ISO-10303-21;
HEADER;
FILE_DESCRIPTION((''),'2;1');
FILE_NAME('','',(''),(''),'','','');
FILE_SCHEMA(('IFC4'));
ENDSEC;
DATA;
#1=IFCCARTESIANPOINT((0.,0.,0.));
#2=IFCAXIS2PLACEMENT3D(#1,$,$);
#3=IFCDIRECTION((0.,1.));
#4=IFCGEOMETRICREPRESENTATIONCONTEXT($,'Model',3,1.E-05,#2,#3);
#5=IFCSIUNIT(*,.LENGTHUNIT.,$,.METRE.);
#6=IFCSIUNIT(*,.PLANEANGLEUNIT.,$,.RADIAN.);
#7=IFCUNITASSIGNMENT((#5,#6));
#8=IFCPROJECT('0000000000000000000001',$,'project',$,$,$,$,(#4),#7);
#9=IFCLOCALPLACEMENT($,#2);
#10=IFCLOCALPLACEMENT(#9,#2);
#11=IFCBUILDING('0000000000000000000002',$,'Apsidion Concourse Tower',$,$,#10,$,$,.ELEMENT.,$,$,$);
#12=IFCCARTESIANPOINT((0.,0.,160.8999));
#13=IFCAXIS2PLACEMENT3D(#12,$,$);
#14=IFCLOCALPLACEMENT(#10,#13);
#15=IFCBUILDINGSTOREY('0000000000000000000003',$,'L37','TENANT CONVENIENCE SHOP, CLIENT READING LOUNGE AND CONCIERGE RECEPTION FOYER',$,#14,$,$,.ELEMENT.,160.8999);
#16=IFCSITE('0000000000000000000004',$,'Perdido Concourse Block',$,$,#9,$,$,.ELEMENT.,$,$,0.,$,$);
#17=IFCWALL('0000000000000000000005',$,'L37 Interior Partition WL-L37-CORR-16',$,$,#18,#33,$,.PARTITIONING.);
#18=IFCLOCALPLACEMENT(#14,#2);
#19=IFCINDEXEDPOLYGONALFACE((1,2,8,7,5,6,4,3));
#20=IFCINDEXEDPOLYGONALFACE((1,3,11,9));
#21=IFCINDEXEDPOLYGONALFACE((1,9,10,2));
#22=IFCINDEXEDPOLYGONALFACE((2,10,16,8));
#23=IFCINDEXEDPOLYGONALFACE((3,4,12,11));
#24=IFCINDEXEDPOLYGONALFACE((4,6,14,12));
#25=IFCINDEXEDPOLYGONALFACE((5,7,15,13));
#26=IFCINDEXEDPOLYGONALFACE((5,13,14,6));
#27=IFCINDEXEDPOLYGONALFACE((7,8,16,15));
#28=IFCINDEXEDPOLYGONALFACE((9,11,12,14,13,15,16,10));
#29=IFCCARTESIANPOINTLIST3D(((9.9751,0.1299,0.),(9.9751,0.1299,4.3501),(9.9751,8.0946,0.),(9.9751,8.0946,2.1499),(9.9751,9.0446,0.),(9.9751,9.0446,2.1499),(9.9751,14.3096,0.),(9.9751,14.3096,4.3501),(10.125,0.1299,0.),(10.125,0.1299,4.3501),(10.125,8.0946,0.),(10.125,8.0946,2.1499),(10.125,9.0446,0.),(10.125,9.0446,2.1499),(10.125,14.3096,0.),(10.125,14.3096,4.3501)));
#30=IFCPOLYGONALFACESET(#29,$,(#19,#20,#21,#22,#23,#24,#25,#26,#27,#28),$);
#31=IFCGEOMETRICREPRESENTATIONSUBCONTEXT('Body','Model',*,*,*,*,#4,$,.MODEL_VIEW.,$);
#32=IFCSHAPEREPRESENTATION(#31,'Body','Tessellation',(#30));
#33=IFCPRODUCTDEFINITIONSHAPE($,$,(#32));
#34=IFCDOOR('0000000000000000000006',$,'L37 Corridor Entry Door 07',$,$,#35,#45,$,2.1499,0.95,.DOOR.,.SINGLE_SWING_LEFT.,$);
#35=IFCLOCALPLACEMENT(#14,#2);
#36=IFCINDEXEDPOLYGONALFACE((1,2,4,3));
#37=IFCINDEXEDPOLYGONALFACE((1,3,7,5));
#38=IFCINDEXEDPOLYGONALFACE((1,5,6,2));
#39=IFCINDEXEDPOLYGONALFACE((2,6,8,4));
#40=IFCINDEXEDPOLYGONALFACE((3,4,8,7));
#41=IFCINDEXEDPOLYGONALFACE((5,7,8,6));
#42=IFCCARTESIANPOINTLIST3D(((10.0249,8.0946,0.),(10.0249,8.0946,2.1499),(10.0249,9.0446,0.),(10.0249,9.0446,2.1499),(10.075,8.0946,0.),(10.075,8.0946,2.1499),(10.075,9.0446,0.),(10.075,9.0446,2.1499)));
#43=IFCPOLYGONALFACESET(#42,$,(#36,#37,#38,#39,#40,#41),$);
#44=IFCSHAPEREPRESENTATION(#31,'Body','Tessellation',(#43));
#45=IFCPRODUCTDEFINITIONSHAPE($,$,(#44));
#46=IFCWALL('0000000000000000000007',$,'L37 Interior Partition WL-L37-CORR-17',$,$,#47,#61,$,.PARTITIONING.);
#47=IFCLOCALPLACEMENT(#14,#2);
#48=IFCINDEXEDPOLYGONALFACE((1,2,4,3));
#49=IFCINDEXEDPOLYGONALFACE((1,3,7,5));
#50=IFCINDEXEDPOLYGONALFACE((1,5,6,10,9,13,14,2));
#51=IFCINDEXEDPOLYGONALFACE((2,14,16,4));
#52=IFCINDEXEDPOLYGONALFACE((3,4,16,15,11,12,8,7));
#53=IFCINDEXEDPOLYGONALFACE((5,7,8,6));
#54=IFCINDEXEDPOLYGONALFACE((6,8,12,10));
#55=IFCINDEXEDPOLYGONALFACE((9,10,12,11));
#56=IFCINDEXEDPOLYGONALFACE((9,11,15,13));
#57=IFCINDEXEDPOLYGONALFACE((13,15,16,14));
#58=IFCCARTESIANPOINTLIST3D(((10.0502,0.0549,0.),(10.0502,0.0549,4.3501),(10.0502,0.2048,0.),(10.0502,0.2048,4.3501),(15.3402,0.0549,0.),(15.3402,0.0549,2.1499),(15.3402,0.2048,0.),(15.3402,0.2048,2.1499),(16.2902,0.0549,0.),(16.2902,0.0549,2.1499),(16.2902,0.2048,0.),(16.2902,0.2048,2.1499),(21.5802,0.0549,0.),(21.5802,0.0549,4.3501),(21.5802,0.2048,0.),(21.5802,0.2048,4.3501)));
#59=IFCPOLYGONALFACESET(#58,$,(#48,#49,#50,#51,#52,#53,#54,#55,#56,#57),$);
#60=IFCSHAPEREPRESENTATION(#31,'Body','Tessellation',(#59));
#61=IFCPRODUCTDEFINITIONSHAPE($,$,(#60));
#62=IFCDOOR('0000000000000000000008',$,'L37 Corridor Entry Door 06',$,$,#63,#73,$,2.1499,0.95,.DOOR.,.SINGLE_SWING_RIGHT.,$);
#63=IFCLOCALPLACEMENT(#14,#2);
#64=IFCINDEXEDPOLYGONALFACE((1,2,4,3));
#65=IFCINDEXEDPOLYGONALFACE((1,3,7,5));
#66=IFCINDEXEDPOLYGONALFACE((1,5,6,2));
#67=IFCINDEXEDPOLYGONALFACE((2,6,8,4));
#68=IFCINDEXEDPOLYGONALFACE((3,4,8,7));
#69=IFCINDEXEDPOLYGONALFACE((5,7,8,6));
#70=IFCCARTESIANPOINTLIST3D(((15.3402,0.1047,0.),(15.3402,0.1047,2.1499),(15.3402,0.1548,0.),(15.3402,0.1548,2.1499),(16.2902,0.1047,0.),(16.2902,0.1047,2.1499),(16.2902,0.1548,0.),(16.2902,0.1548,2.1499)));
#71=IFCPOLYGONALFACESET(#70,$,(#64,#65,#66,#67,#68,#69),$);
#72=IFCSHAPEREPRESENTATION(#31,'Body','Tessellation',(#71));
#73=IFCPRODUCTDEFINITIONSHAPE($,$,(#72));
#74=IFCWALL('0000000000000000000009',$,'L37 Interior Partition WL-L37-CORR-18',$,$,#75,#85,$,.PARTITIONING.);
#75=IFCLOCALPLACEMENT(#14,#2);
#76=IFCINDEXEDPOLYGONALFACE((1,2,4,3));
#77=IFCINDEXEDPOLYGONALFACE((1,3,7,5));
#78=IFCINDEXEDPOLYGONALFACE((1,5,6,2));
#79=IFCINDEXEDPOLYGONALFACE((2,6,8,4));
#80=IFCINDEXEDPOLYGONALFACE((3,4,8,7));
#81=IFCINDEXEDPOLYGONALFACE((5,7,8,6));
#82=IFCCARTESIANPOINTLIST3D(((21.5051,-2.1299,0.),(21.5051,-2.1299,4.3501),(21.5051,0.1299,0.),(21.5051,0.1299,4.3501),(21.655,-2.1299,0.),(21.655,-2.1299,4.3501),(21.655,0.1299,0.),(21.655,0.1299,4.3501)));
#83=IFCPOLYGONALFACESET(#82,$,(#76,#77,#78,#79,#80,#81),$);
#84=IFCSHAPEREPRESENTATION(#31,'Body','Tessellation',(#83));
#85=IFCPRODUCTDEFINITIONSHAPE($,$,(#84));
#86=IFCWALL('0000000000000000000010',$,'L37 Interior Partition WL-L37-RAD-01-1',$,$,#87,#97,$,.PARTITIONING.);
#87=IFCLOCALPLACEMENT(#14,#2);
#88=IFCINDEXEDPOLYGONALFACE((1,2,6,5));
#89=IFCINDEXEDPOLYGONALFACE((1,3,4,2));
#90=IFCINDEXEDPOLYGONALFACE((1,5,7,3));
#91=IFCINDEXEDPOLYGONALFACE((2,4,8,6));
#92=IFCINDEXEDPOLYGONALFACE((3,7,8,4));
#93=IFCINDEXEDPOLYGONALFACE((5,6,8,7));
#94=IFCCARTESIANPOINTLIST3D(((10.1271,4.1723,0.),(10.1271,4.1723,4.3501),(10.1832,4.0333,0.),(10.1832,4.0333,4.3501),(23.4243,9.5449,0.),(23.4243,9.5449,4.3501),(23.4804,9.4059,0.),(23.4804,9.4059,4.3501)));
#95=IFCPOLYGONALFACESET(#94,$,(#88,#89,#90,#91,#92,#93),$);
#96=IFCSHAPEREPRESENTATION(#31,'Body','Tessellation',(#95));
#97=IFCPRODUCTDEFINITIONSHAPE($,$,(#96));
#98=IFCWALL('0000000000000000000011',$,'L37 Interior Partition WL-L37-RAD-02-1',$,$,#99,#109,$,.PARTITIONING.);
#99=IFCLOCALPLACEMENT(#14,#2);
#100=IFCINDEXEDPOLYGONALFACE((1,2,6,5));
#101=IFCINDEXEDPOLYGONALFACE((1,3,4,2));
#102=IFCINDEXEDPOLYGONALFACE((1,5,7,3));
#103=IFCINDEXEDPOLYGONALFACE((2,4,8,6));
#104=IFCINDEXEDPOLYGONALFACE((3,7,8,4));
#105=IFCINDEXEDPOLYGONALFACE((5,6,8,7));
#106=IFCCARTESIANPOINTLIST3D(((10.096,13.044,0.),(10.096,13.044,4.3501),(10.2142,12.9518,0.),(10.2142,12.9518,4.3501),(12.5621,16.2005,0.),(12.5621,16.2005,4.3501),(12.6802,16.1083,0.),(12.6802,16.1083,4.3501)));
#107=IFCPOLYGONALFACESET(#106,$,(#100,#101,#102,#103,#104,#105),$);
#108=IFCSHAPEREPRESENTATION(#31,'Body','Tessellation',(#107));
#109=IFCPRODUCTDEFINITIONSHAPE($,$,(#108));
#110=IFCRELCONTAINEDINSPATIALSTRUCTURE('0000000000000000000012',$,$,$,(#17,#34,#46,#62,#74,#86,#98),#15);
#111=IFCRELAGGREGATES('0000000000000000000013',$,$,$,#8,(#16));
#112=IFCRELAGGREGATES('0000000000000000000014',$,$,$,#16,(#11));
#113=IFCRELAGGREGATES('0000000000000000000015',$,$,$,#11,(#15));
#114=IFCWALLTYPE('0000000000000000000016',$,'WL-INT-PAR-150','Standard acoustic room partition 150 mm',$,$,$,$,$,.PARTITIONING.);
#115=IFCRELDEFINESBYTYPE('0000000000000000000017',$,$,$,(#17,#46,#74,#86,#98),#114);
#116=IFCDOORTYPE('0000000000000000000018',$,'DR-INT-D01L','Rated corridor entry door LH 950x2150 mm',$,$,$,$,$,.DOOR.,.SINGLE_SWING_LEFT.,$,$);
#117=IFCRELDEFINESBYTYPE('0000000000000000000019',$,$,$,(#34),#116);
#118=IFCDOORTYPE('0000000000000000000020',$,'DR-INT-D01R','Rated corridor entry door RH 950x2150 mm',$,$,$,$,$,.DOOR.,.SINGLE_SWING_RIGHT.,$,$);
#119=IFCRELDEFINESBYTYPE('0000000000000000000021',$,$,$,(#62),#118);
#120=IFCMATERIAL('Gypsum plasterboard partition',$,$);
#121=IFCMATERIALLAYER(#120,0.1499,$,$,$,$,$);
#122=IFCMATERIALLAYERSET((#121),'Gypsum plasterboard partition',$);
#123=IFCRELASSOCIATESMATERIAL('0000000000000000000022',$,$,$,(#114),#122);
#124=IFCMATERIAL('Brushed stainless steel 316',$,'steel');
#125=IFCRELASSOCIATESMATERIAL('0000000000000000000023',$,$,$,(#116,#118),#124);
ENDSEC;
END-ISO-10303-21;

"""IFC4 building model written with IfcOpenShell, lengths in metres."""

from ifc_helpers import new_model, si_unit, direction, frame, frame_2d, origin, place, context, subcontext, project, spatial, rectangle, extrude, material, layer, layer_set, type_object, element, fill, save


model = new_model("IFC4")

# Units and contexts
model_context = context("Model", 3, precision=1e-05, world=origin(), true_north=direction((0.0, 1.0)))
body_context = subcontext(model_context, "Body", "Model", "MODEL_VIEW")
ifc_project = project(units=[si_unit("LENGTHUNIT", "METRE"), si_unit("PLANEANGLEUNIT", "RADIAN")], contexts=[model_context])

# Site, building, storey
site_placement = place(None, origin())
site = spatial("IfcSite", under=ifc_project, at=site_placement, Name="Perdido Concourse Block", CompositionType="ELEMENT", RefElevation=0.0)
building_placement = place(site_placement, origin())
building = spatial("IfcBuilding", under=site, at=building_placement, Name="Apsidion Concourse Tower", CompositionType="ELEMENT")
storey_placement = place(building_placement, frame((0.0, 0.0, 160.8999)))
storey = spatial("IfcBuildingStorey", under=building, at=storey_placement, Name="L37", Description="TENANT CONVENIENCE SHOP, CLIENT READING LOUNGE AND CONCIERGE RECEPTION FOYER", CompositionType="ELEMENT", Elevation=160.8999)

# Walls, openings, doors
ifc_material_1 = material(Name="Gypsum plasterboard partition")
ifc_layer_1 = layer(ifc_material_1, 0.1499)
ifc_layer_set_1 = layer_set([ifc_layer_1], Name="Gypsum plasterboard partition")
wall_type_1 = type_object("IfcWallType", Name="WL-INT-PAR-150", Description="Standard acoustic room partition 150 mm", PredefinedType="PARTITIONING", material=ifc_layer_set_1)
wall_1_placement = place(storey_placement, frame((10.05, 14.3096, 0.0), z_axis=(0.0, 0.0, 1.0), x_axis=(0.0, -1.0, 0.0)))
wall_1 = element("IfcWall", 1, at=wall_1_placement, inside=storey, type_object=wall_type_1, Name="L37 Interior Partition WL-L37-CORR-16", PredefinedType="PARTITIONING", context=body_context, shape_type="SweptSolid", body=[
    extrude(rectangle(XDim=14.1797, YDim=0.1499, at=frame_2d((7.0898, 0.0))), origin(), (0.0, 0.0, 1.0), 4.3501),
])
opening_1_placement = place(wall_1_placement, frame((5.2649, 0.0, 0.0)))
opening_1 = element("IfcOpeningElement", 2, at=opening_1_placement, cuts=wall_1, PredefinedType="OPENING", context=body_context, shape_type="SweptSolid", body=[
    extrude(rectangle(XDim=0.95, YDim=2.1499, at=frame_2d((0.4751, 1.075))), frame((0.0, 0.085, 0.0), z_axis=(0.0, -1.0, 0.0), x_axis=(1.0, 0.0, 0.0)), (0.0, 0.0, 1.0), 0.1699),
])
ifc_material_2 = material(Name="Brushed stainless steel 316", Category="steel")
door_type_1 = type_object("IfcDoorType", Name="DR-INT-D01L", Description="Rated corridor entry door LH 950x2150 mm", OperationType="SINGLE_SWING_LEFT", PredefinedType="DOOR", material=ifc_material_2)
door_1_placement = place(opening_1_placement, origin())
door_1 = element("IfcDoor", 3, at=door_1_placement, inside=storey, type_object=door_type_1, Name="L37 Corridor Entry Door 07", OperationType="SINGLE_SWING_LEFT", OverallHeight=2.1499, OverallWidth=0.95, PredefinedType="DOOR", context=body_context, shape_type="SweptSolid", body=[
    extrude(rectangle(XDim=0.95, YDim=2.1499, at=frame_2d((0.4751, 1.075))), frame((0.0, 0.0249, 0.0), z_axis=(0.0, -1.0, 0.0), x_axis=(1.0, 0.0, 0.0)), (0.0, 0.0, 1.0), 0.05),
])
fill(opening_1, door_1)
wall_2_placement = place(storey_placement, frame((10.05, 0.1299, 0.0), z_axis=(0.0, 0.0, 1.0), x_axis=(1.0, 0.0, 0.0)))
wall_2 = element("IfcWall", 4, at=wall_2_placement, inside=storey, type_object=wall_type_1, Name="L37 Interior Partition WL-L37-CORR-17", PredefinedType="PARTITIONING", context=body_context, shape_type="SweptSolid", body=[
    extrude(rectangle(XDim=11.53, YDim=0.1499, at=frame_2d((5.7651, 0.0))), origin(), (0.0, 0.0, 1.0), 4.3501),
])
opening_2_placement = place(wall_2_placement, frame((5.29, 0.0, 0.0)))
opening_2 = element("IfcOpeningElement", 5, at=opening_2_placement, cuts=wall_2, PredefinedType="OPENING", context=body_context, shape_type="SweptSolid", body=[
    extrude(rectangle(XDim=0.95, YDim=2.1499, at=frame_2d((0.4751, 1.075))), frame((0.0, 0.085, 0.0), z_axis=(0.0, -1.0, 0.0), x_axis=(1.0, 0.0, 0.0)), (0.0, 0.0, 1.0), 0.1699),
])
door_type_2 = type_object("IfcDoorType", Name="DR-INT-D01R", Description="Rated corridor entry door RH 950x2150 mm", OperationType="SINGLE_SWING_RIGHT", PredefinedType="DOOR", material=ifc_material_2)
door_2_placement = place(opening_2_placement, origin())
door_2 = element("IfcDoor", 6, at=door_2_placement, inside=storey, type_object=door_type_2, Name="L37 Corridor Entry Door 06", OperationType="SINGLE_SWING_RIGHT", OverallHeight=2.1499, OverallWidth=0.95, PredefinedType="DOOR", context=body_context, shape_type="SweptSolid", body=[
    extrude(rectangle(XDim=0.95, YDim=2.1499, at=frame_2d((0.4751, 1.075))), frame((0.0, 0.0249, 0.0), z_axis=(0.0, -1.0, 0.0), x_axis=(1.0, 0.0, 0.0)), (0.0, 0.0, 1.0), 0.05),
])
fill(opening_2, door_2)

# Walls
wall_3_placement = place(storey_placement, frame((21.5801, 0.1299, 0.0), z_axis=(0.0, 0.0, 1.0), x_axis=(0.0, -1.0, 0.0)))
element("IfcWall", 7, at=wall_3_placement, inside=storey, type_object=wall_type_1, Name="L37 Interior Partition WL-L37-CORR-18", PredefinedType="PARTITIONING", context=body_context, shape_type="SweptSolid", body=[
    extrude(rectangle(XDim=2.2598, YDim=0.1499, at=frame_2d((1.1299, 0.0))), origin(), (0.0, 0.0, 1.0), 4.3501),
])
wall_4_placement = place(storey_placement, frame((10.155, 4.1028, 0.0), z_axis=(0.0, 0.0, 1.0), x_axis=(0.92718, 0.374617, 0.0)))
element("IfcWall", 8, at=wall_4_placement, inside=storey, type_object=wall_type_1, Name="L37 Interior Partition WL-L37-RAD-01-1", PredefinedType="PARTITIONING", context=body_context, shape_type="SweptSolid", body=[
    extrude(rectangle(XDim=14.3416, YDim=0.1499, at=frame_2d((7.1709, 0.0))), origin(), (0.0, 0.0, 1.0), 4.3501),
])
wall_5_placement = place(storey_placement, frame((10.155, 12.9978, 0.0), z_axis=(0.0, 0.0, 1.0), x_axis=(0.615652, 0.788018, 0.0)))
element("IfcWall", 9, at=wall_5_placement, inside=storey, type_object=wall_type_1, Name="L37 Interior Partition WL-L37-RAD-02-1", PredefinedType="PARTITIONING", context=body_context, shape_type="SweptSolid", body=[
    extrude(rectangle(XDim=4.0056, YDim=0.1499, at=frame_2d((2.0029, 0.0))), origin(), (0.0, 0.0, 1.0), 4.3501),
])

save(model, "model.ifc")
